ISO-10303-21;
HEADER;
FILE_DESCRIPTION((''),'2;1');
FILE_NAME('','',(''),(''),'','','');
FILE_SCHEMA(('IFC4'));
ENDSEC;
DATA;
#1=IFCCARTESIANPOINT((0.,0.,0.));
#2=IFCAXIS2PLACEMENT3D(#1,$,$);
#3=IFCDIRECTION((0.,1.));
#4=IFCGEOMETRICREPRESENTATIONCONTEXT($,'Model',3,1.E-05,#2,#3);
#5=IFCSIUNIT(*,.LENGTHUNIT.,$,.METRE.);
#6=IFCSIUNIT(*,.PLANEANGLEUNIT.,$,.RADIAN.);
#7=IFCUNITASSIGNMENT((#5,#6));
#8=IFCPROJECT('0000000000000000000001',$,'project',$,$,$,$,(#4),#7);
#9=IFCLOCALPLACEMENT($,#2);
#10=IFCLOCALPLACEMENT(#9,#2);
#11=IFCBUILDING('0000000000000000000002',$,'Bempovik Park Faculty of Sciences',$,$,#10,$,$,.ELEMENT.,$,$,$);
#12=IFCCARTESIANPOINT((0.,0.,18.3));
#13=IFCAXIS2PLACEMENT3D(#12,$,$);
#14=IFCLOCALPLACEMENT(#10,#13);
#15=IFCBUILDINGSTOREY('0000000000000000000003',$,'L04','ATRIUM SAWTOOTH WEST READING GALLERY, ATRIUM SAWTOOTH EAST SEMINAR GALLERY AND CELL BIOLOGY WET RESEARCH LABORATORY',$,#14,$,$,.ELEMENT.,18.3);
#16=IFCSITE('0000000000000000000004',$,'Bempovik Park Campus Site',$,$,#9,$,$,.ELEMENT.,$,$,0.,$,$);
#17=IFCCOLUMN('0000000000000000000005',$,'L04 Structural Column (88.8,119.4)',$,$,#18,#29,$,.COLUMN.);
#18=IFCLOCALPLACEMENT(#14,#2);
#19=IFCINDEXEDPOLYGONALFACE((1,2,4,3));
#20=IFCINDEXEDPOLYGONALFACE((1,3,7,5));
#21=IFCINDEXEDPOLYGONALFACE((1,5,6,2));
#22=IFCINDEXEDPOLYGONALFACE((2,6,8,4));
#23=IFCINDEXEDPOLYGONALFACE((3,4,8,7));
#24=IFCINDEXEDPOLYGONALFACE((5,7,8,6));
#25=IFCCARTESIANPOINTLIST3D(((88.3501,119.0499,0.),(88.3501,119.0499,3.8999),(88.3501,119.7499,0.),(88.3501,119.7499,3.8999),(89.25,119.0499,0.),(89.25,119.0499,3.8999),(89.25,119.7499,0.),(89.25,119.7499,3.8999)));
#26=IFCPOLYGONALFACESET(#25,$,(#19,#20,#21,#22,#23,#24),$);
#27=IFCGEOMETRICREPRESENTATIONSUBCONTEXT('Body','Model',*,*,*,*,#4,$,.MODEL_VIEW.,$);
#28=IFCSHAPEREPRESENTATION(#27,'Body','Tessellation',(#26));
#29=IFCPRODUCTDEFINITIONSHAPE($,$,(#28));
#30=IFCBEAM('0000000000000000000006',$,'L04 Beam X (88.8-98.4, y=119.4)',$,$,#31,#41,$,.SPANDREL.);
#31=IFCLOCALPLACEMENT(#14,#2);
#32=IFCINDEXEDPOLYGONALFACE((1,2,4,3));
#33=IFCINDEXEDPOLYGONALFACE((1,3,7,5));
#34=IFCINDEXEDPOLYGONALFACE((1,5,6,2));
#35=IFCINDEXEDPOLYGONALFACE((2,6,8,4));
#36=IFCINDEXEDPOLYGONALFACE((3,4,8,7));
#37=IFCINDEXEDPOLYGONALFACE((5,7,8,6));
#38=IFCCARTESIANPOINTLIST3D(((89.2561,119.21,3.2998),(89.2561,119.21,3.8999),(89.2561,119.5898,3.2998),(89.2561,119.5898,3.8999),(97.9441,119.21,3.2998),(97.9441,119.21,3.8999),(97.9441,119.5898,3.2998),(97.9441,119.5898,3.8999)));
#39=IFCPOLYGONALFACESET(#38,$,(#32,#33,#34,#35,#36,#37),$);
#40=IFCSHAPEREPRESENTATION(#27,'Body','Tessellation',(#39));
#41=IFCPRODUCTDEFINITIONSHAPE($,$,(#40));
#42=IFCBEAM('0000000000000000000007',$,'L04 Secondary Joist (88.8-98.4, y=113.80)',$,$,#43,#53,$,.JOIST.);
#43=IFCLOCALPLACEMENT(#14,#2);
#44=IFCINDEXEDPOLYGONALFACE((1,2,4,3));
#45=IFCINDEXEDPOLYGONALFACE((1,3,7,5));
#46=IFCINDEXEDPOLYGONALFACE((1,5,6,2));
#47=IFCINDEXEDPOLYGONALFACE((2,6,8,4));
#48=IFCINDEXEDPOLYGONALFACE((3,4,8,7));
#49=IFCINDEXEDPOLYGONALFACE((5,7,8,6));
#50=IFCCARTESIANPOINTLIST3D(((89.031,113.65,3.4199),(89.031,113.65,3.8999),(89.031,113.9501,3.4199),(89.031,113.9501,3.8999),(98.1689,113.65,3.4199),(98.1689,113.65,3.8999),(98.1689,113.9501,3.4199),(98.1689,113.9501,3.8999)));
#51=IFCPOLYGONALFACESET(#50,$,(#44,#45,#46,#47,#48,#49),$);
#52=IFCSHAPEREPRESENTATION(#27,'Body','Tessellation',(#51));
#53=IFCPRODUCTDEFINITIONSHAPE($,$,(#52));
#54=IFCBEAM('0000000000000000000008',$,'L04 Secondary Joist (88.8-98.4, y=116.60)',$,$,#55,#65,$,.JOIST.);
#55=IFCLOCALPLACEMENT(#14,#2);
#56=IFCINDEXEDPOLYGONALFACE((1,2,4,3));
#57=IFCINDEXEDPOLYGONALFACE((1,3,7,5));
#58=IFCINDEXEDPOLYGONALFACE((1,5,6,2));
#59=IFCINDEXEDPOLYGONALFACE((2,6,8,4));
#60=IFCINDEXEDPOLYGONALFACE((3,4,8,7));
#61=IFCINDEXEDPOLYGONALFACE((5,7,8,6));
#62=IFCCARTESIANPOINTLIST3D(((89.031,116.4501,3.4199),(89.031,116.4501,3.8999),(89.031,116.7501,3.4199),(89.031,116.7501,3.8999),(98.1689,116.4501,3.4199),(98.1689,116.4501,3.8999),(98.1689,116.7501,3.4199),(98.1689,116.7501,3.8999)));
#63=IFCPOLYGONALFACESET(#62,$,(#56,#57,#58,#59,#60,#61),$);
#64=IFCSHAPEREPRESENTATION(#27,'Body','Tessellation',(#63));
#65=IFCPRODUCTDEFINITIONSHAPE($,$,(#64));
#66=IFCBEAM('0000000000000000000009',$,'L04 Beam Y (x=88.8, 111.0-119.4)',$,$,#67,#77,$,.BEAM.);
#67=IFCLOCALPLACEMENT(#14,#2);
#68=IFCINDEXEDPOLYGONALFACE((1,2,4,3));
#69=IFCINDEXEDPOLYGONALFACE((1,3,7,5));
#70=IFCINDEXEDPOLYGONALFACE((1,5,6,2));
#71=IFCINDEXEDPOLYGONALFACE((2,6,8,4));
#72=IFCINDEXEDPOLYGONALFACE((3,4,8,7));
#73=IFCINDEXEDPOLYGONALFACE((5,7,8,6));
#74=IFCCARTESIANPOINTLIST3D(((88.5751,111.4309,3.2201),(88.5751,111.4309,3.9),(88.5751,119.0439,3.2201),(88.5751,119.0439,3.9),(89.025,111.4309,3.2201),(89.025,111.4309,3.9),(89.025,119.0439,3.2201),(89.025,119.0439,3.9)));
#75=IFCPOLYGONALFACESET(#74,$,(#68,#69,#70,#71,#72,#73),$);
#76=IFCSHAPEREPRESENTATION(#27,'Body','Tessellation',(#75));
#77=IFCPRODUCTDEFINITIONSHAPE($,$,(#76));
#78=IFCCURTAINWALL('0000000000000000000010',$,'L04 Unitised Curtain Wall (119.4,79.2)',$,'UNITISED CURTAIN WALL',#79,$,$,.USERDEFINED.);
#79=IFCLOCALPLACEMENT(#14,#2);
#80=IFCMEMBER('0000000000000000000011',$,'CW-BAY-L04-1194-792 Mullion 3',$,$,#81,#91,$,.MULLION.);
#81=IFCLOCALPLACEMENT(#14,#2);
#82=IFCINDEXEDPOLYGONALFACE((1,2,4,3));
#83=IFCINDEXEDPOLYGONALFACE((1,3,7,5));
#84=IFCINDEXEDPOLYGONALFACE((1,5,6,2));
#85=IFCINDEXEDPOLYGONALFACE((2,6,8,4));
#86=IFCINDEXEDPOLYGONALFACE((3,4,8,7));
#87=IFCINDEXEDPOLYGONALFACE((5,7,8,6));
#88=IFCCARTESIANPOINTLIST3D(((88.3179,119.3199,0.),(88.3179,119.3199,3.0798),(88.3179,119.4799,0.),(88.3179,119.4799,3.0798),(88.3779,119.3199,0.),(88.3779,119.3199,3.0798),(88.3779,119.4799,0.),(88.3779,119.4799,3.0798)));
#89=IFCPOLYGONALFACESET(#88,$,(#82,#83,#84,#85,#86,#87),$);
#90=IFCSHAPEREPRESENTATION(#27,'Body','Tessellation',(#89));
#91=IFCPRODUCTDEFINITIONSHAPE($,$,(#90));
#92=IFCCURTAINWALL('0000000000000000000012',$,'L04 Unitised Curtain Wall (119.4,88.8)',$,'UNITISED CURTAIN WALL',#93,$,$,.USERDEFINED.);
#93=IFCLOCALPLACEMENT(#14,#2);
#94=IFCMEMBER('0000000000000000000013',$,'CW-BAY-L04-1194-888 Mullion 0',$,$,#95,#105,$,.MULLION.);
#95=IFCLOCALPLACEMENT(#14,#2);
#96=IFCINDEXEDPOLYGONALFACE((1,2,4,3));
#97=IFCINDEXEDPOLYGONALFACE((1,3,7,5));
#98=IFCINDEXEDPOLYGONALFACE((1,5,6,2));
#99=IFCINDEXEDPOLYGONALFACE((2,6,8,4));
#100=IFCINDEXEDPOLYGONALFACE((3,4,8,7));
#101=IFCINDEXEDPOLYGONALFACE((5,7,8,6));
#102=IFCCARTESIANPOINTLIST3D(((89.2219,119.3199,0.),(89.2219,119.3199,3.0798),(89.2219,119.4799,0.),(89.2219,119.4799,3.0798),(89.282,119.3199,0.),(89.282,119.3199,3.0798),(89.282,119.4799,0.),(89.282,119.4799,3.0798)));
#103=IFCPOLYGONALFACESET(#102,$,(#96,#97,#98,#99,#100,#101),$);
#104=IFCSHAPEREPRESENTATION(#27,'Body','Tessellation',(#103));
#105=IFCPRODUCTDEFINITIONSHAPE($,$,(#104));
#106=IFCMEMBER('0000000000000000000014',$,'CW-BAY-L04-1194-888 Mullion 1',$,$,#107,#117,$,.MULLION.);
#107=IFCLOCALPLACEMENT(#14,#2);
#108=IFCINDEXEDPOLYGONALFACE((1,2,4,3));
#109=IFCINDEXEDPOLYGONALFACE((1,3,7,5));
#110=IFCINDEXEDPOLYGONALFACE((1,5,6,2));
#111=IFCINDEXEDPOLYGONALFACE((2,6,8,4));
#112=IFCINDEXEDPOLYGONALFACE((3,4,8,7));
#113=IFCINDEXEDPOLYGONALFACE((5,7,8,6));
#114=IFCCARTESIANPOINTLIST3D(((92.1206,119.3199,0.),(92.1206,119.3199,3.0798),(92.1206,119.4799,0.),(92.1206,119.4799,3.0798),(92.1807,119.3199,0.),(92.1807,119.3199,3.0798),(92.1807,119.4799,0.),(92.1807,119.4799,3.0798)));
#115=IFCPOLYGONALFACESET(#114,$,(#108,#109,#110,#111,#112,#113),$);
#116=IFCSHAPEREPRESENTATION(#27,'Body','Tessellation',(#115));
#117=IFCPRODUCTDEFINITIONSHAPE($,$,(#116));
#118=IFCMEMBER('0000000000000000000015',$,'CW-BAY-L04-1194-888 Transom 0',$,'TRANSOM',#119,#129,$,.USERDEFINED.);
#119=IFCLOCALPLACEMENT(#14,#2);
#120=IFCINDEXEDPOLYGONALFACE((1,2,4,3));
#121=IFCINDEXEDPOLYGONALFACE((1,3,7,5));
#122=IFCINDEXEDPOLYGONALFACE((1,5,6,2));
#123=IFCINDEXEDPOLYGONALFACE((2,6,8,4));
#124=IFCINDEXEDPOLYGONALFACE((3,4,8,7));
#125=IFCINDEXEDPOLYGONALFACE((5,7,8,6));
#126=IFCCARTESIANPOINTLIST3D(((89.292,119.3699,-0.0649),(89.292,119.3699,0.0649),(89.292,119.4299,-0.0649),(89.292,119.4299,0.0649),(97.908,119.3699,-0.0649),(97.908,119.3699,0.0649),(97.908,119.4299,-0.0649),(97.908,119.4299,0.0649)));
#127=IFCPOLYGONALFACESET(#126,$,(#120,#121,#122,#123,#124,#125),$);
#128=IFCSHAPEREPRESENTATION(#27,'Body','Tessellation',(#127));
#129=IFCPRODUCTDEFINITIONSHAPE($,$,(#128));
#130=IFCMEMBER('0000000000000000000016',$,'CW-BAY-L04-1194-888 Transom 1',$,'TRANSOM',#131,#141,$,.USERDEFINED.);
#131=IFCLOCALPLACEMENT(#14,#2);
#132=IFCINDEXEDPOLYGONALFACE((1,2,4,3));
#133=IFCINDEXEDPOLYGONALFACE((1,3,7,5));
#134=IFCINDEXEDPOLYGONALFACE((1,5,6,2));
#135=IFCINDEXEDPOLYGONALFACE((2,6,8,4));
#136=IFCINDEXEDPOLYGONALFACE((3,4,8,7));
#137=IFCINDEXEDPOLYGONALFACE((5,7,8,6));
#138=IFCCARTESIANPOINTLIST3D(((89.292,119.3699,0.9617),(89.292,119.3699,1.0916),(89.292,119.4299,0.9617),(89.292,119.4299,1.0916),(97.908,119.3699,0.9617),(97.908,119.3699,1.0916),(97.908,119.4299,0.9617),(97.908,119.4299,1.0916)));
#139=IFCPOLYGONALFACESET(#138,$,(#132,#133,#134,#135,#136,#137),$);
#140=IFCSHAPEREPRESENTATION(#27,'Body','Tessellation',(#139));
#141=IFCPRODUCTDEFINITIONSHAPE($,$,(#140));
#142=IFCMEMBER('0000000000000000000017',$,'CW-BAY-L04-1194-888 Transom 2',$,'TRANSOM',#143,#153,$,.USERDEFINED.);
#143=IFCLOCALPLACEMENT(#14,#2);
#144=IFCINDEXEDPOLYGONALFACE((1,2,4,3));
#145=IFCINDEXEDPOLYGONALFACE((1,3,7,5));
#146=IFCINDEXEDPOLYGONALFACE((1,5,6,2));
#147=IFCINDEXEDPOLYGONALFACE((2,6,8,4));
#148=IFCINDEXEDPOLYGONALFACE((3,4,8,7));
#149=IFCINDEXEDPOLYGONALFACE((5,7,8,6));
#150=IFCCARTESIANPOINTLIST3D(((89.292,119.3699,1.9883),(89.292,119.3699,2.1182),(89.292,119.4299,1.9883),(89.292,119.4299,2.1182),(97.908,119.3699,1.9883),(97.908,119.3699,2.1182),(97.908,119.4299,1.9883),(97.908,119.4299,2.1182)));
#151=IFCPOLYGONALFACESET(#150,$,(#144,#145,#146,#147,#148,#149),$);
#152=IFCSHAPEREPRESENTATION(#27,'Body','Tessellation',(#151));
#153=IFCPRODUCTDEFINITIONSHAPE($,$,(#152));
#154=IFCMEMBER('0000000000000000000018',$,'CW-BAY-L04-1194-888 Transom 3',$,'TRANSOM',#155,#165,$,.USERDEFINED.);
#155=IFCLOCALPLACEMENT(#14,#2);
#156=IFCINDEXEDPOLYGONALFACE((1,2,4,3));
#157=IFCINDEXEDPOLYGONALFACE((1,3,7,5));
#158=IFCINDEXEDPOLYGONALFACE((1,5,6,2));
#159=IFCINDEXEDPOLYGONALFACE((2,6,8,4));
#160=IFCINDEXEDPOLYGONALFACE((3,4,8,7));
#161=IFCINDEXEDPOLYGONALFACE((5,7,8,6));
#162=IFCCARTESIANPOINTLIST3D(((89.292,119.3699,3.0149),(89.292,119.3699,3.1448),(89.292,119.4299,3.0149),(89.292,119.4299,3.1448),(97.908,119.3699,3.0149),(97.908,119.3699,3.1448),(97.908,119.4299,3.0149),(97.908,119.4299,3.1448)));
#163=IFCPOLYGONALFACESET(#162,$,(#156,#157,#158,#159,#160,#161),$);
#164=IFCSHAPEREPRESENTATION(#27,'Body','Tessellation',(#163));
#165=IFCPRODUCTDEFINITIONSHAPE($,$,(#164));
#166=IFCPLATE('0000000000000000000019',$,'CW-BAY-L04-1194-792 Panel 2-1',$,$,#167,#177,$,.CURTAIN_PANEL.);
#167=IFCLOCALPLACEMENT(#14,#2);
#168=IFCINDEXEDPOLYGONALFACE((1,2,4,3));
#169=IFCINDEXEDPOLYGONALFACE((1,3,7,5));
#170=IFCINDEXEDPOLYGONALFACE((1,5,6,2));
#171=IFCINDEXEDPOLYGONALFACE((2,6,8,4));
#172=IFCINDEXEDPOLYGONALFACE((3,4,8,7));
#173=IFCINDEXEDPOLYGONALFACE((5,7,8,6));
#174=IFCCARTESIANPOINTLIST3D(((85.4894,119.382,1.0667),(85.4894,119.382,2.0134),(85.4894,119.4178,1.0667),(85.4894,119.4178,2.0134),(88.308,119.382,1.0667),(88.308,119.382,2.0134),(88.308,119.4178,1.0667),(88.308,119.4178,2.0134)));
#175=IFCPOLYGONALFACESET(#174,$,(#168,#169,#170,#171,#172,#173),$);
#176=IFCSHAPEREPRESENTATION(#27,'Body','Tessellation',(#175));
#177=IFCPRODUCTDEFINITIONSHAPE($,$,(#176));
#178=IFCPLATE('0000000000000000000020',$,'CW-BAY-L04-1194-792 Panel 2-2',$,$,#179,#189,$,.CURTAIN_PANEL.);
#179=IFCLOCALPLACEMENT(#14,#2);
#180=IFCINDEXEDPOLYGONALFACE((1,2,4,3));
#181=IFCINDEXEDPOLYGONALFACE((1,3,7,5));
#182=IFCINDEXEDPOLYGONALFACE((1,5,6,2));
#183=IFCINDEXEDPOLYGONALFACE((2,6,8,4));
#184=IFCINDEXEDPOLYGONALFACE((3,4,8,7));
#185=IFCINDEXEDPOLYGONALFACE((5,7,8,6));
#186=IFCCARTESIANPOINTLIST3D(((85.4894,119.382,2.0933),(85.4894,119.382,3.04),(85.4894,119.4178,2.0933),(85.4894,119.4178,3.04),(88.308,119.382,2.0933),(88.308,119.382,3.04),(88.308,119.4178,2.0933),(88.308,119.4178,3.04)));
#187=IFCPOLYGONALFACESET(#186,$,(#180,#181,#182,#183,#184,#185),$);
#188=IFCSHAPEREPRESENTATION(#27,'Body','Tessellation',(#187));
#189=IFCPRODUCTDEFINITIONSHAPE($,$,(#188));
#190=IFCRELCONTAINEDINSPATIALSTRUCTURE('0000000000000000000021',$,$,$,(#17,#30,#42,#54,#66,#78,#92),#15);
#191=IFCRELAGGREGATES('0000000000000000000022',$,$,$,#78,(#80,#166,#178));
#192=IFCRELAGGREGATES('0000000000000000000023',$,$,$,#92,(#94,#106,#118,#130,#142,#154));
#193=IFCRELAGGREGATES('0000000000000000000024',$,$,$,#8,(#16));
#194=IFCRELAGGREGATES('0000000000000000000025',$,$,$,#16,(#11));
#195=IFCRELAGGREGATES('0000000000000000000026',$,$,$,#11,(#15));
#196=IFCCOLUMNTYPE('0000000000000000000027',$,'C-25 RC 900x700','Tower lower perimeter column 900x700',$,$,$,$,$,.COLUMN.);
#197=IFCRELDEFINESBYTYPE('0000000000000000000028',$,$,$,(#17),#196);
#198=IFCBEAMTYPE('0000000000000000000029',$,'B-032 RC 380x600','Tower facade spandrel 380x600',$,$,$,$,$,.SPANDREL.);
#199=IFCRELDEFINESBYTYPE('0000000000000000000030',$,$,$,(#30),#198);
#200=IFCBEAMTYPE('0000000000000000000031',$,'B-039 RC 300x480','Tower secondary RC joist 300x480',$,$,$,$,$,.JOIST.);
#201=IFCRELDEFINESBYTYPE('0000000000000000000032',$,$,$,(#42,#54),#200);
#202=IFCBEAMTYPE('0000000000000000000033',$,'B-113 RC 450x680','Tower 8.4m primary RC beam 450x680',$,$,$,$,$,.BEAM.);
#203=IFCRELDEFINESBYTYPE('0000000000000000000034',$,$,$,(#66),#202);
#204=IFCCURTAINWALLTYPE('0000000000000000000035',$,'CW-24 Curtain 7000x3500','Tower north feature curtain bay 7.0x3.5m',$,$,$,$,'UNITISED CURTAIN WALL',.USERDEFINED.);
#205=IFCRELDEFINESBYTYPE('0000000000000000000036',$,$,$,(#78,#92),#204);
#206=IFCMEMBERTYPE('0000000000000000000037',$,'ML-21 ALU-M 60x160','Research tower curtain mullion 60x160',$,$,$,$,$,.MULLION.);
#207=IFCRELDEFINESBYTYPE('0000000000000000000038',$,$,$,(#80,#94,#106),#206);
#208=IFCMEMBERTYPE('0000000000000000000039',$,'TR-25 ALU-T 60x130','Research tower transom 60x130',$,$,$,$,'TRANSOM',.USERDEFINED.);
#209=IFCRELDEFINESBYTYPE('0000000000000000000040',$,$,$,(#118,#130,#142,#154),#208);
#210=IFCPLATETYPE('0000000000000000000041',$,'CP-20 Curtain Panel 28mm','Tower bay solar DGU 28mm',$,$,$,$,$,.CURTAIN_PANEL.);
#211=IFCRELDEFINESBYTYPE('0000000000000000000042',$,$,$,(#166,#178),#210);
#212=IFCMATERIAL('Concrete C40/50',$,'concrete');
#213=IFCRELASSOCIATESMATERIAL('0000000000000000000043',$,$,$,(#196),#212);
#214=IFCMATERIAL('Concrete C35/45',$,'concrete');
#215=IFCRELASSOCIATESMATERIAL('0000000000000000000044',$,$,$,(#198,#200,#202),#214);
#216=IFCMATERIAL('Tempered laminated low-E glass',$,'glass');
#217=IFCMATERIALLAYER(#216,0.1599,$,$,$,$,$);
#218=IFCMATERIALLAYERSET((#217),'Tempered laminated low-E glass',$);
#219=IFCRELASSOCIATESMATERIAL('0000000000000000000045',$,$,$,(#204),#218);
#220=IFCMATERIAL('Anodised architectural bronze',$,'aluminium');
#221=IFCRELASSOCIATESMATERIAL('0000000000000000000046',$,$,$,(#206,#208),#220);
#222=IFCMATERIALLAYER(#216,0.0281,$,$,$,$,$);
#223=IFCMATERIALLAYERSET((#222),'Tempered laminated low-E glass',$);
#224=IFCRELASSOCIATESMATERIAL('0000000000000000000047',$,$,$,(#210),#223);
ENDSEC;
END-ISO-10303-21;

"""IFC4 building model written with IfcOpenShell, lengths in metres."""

from ifc_helpers import new_model, si_unit, direction, frame, origin, origin_2d, place, context, subcontext, project, spatial, rectangle, extrude, material, layer, layer_set, material_profile, profile_set, type_object, element, aggregate, save


model = new_model("IFC4")

# Units and contexts
model_context = context("Model", 3, precision=1e-05, world=origin(), true_north=direction((0.0, 1.0)))
body_context = subcontext(model_context, "Body", "Model", "MODEL_VIEW")
ifc_project = project(units=[si_unit("LENGTHUNIT", "METRE"), si_unit("PLANEANGLEUNIT", "RADIAN")], contexts=[model_context])

# Site, building, storey
site_placement = place(None, origin())
site = spatial("IfcSite", under=ifc_project, at=site_placement, Name="Bempovik Park Campus Site", CompositionType="ELEMENT", RefElevation=0.0)
building_placement = place(site_placement, origin())
building = spatial("IfcBuilding", under=site, at=building_placement, Name="Bempovik Park Faculty of Sciences", CompositionType="ELEMENT")
storey_placement = place(building_placement, frame((0.0, 0.0, 18.3)))
storey = spatial("IfcBuildingStorey", under=building, at=storey_placement, Name="L04", Description="ATRIUM SAWTOOTH WEST READING GALLERY, ATRIUM SAWTOOTH EAST SEMINAR GALLERY AND CELL BIOLOGY WET RESEARCH LABORATORY", CompositionType="ELEMENT", Elevation=18.3)

# Column
ifc_material_1 = material(Name="Concrete C40/50", Category="concrete")
ifc_material_profile_1 = material_profile(ifc_material_1, rectangle(XDim=0.8999, YDim=0.7, at=origin_2d()), Name="RC 900x700")
ifc_profile_set_1 = profile_set([ifc_material_profile_1], Name="Concrete C40/50")
column_type = type_object("IfcColumnType", Name="C-25 RC 900x700", Description="Tower lower perimeter column 900x700", PredefinedType="COLUMN", material=ifc_profile_set_1)
column_placement = place(storey_placement, frame((88.8, 119.3999, 0.0), z_axis=(0.0, 0.0, 1.0), x_axis=(1.0, 0.0, 0.0)))
element("IfcColumn", 1, at=column_placement, inside=storey, type_object=column_type, Name="L04 Structural Column (88.8,119.4)", PredefinedType="COLUMN", context=body_context, shape_type="SweptSolid", body=[
    extrude(rectangle(XDim=0.8999, YDim=0.7, at=origin_2d()), origin(), (0.0, 0.0, 1.0), 3.8999),
])

# Beams
ifc_material_2 = material(Name="Concrete C35/45", Category="concrete")
ifc_material_profile_2 = material_profile(ifc_material_2, rectangle(XDim=0.3799, YDim=0.6001, at=origin_2d()), Name="RC 380x600")
ifc_profile_set_2 = profile_set([ifc_material_profile_2], Name="Concrete C35/45")
beam_type_1 = type_object("IfcBeamType", Name="B-032 RC 380x600", Description="Tower facade spandrel 380x600", PredefinedType="SPANDREL", material=ifc_profile_set_2)
beam_1_placement = place(storey_placement, frame((89.2561, 119.3999, 3.5999), z_axis=(1.0, 0.0, 0.0), x_axis=(0.0, 1.0, 0.0)))
element("IfcBeam", 2, at=beam_1_placement, inside=storey, type_object=beam_type_1, Name="L04 Beam X (88.8-98.4, y=119.4)", PredefinedType="SPANDREL", context=body_context, shape_type="SweptSolid", body=[
    extrude(rectangle(XDim=0.3799, YDim=0.6001, at=origin_2d()), origin(), (0.0, 0.0, 1.0), 8.688),
])
ifc_material_profile_3 = material_profile(ifc_material_2, rectangle(XDim=0.3, YDim=0.48, at=origin_2d()), Name="RC 300x480")
ifc_profile_set_3 = profile_set([ifc_material_profile_3], Name="Concrete C35/45")
beam_type_2 = type_object("IfcBeamType", Name="B-039 RC 300x480", Description="Tower secondary RC joist 300x480", PredefinedType="JOIST", material=ifc_profile_set_3)
for number, where, z_axis, x_axis, name in (
    (3, (89.031, 113.8, 3.6599), (1.0, 0.0, 0.0), (0.0, 1.0, 0.0), "L04 Secondary Joist (88.8-98.4, y=113.80)"),
    (4, (89.031, 116.6001, 3.6599), (1.0, 0.0, 0.0), (0.0, 1.0, 0.0), "L04 Secondary Joist (88.8-98.4, y=116.60)"),
):
    element("IfcBeam", number, at=place(storey_placement, frame(where, z_axis=z_axis, x_axis=x_axis)), inside=storey, type_object=beam_type_2, Name=name, PredefinedType="JOIST", context=body_context, shape_type="SweptSolid", body=[
        extrude(rectangle(XDim=0.3, YDim=0.48, at=origin_2d()), origin(), (0.0, 0.0, 1.0), 9.1379),
    ])
ifc_material_profile_4 = material_profile(ifc_material_2, rectangle(XDim=0.45, YDim=0.6799, at=origin_2d()), Name="RC 450x680")
ifc_profile_set_4 = profile_set([ifc_material_profile_4], Name="Concrete C35/45")
beam_type_3 = type_object("IfcBeamType", Name="B-113 RC 450x680", Description="Tower 8.4m primary RC beam 450x680", PredefinedType="BEAM", material=ifc_profile_set_4)
beam_2_placement = place(storey_placement, frame((88.8, 111.4309, 3.5601), z_axis=(0.0, 1.0, 0.0), x_axis=(-1.0, 0.0, 0.0)))
element("IfcBeam", 5, at=beam_2_placement, inside=storey, type_object=beam_type_3, Name="L04 Beam Y (x=88.8, 111.0-119.4)", PredefinedType="BEAM", context=body_context, shape_type="SweptSolid", body=[
    extrude(rectangle(XDim=0.45, YDim=0.6799, at=origin_2d()), origin(), (0.0, 0.0, 1.0), 7.613),
])

# Curtain wall, member
ifc_material_3 = material(Name="Tempered laminated low-E glass", Category="glass")
ifc_layer_1 = layer(ifc_material_3, 0.1599)
ifc_layer_set_1 = layer_set([ifc_layer_1], Name="Tempered laminated low-E glass")
curtain_wall_type = type_object("IfcCurtainWallType", Name="CW-24 Curtain 7000x3500", Description="Tower north feature curtain bay 7.0x3.5m", ElementType="UNITISED CURTAIN WALL", PredefinedType="USERDEFINED", material=ifc_layer_set_1)
curtain_wall_1_placement = place(storey_placement, origin())
curtain_wall_1 = element("IfcCurtainWall", 6, at=curtain_wall_1_placement, inside=storey, type_object=curtain_wall_type, Name="L04 Unitised Curtain Wall (119.4,79.2)", ObjectType="UNITISED CURTAIN WALL", PredefinedType="USERDEFINED")
ifc_material_4 = material(Name="Anodised architectural bronze", Category="aluminium")
ifc_material_profile_5 = material_profile(ifc_material_4, rectangle(XDim=0.0601, YDim=0.1599, at=origin_2d()), Name="ALU-M 60x160")
ifc_profile_set_5 = profile_set([ifc_material_profile_5], Name="Anodised architectural bronze")
member_type_1 = type_object("IfcMemberType", Name="ML-21 ALU-M 60x160", Description="Research tower curtain mullion 60x160", PredefinedType="MULLION", material=ifc_profile_set_5)
member_1_placement = place(storey_placement, frame((88.3479, 119.3999, 0.0), z_axis=(0.0, 0.0, 1.0), x_axis=(1.0, 0.0, 0.0)))
member_1 = element("IfcMember", 7, at=member_1_placement, type_object=member_type_1, Name="CW-BAY-L04-1194-792 Mullion 3", PredefinedType="MULLION", context=body_context, shape_type="SweptSolid", body=[
    extrude(rectangle(XDim=0.0601, YDim=0.1599, at=origin_2d()), origin(), (0.0, 0.0, 1.0), 3.0798),
])

# Curtain wall, members
curtain_wall_2_placement = place(storey_placement, origin())
curtain_wall_2 = element("IfcCurtainWall", 8, at=curtain_wall_2_placement, inside=storey, type_object=curtain_wall_type, Name="L04 Unitised Curtain Wall (119.4,88.8)", ObjectType="UNITISED CURTAIN WALL", PredefinedType="USERDEFINED")
member_2_placement = place(storey_placement, frame((89.252, 119.3999, 0.0), z_axis=(0.0, 0.0, 1.0), x_axis=(1.0, 0.0, 0.0)))
member_2 = element("IfcMember", 9, at=member_2_placement, type_object=member_type_1, Name="CW-BAY-L04-1194-888 Mullion 0", PredefinedType="MULLION", context=body_context, shape_type="SweptSolid", body=[
    extrude(rectangle(XDim=0.0601, YDim=0.1599, at=origin_2d()), origin(), (0.0, 0.0, 1.0), 3.0798),
])
member_3_placement = place(storey_placement, frame((92.1506, 119.3999, 0.0), z_axis=(0.0, 0.0, 1.0), x_axis=(1.0, 0.0, 0.0)))
member_3 = element("IfcMember", 10, at=member_3_placement, type_object=member_type_1, Name="CW-BAY-L04-1194-888 Mullion 1", PredefinedType="MULLION", context=body_context, shape_type="SweptSolid", body=[
    extrude(rectangle(XDim=0.0601, YDim=0.1599, at=origin_2d()), origin(), (0.0, 0.0, 1.0), 3.0798),
])
ifc_material_profile_6 = material_profile(ifc_material_4, rectangle(XDim=0.0601, YDim=0.1299, at=origin_2d()), Name="ALU-T 60x130")
ifc_profile_set_6 = profile_set([ifc_material_profile_6], Name="Anodised architectural bronze")
member_type_2 = type_object("IfcMemberType", Name="TR-25 ALU-T 60x130", Description="Research tower transom 60x130", ElementType="TRANSOM", PredefinedType="USERDEFINED", material=ifc_profile_set_6)
member_4_placement = place(storey_placement, frame((89.292, 119.3999, 0.0), z_axis=(1.0, 0.0, 0.0), x_axis=(0.0, 1.0, 0.0)))
member_4 = element("IfcMember", 11, at=member_4_placement, type_object=member_type_2, Name="CW-BAY-L04-1194-888 Transom 0", ObjectType="TRANSOM", PredefinedType="USERDEFINED", context=body_context, shape_type="SweptSolid", body=[
    extrude(rectangle(XDim=0.0601, YDim=0.1299, at=origin_2d()), origin(), (0.0, 0.0, 1.0), 8.616),
])
member_5_placement = place(storey_placement, frame((89.292, 119.3999, 1.0266), z_axis=(1.0, 0.0, 0.0), x_axis=(0.0, 1.0, 0.0)))
member_5 = element("IfcMember", 12, at=member_5_placement, type_object=member_type_2, Name="CW-BAY-L04-1194-888 Transom 1", ObjectType="TRANSOM", PredefinedType="USERDEFINED", context=body_context, shape_type="SweptSolid", body=[
    extrude(rectangle(XDim=0.0601, YDim=0.1299, at=origin_2d()), origin(), (0.0, 0.0, 1.0), 8.616),
])
member_6_placement = place(storey_placement, frame((89.292, 119.3999, 2.0532), z_axis=(1.0, 0.0, 0.0), x_axis=(0.0, 1.0, 0.0)))
member_6 = element("IfcMember", 13, at=member_6_placement, type_object=member_type_2, Name="CW-BAY-L04-1194-888 Transom 2", ObjectType="TRANSOM", PredefinedType="USERDEFINED", context=body_context, shape_type="SweptSolid", body=[
    extrude(rectangle(XDim=0.0601, YDim=0.1299, at=origin_2d()), origin(), (0.0, 0.0, 1.0), 8.616),
])
member_7_placement = place(storey_placement, frame((89.292, 119.3999, 3.0798), z_axis=(1.0, 0.0, 0.0), x_axis=(0.0, 1.0, 0.0)))
member_7 = element("IfcMember", 14, at=member_7_placement, type_object=member_type_2, Name="CW-BAY-L04-1194-888 Transom 3", ObjectType="TRANSOM", PredefinedType="USERDEFINED", context=body_context, shape_type="SweptSolid", body=[
    extrude(rectangle(XDim=0.0601, YDim=0.1299, at=origin_2d()), origin(), (0.0, 0.0, 1.0), 8.616),
])

# Plates
ifc_layer_2 = layer(ifc_material_3, 0.0281)
ifc_layer_set_2 = layer_set([ifc_layer_2], Name="Tempered laminated low-E glass")
plate_type_1 = type_object("IfcPlateType", Name="CP-20 Curtain Panel 28mm", Description="Tower bay solar DGU 28mm", PredefinedType="CURTAIN_PANEL", material=ifc_layer_set_2)
plate_1_placement = place(storey_placement, frame((86.8987, 119.3999, 1.0667), z_axis=(0.0, 0.0, 1.0), x_axis=(1.0, 0.0, 0.0)))
plate_1 = element("IfcPlate", 15, at=plate_1_placement, type_object=plate_type_1, Name="CW-BAY-L04-1194-792 Panel 2-1", PredefinedType="CURTAIN_PANEL", context=body_context, shape_type="SweptSolid", body=[
    extrude(rectangle(XDim=2.8186, YDim=0.0359, at=origin_2d()), origin(), (0.0, 0.0, 1.0), 0.9468),
])
plate_2_placement = place(storey_placement, frame((86.8987, 119.3999, 2.0933), z_axis=(0.0, 0.0, 1.0), x_axis=(1.0, 0.0, 0.0)))
plate_2 = element("IfcPlate", 16, at=plate_2_placement, type_object=plate_type_1, Name="CW-BAY-L04-1194-792 Panel 2-2", PredefinedType="CURTAIN_PANEL", context=body_context, shape_type="SweptSolid", body=[
    extrude(rectangle(XDim=2.8186, YDim=0.0359, at=origin_2d()), origin(), (0.0, 0.0, 1.0), 0.9468),
])
aggregate(curtain_wall_1, [member_1, plate_1, plate_2])
aggregate(curtain_wall_2, [member_2, member_3, member_4, member_5, member_6, member_7])

save(model, "model.ifc")
